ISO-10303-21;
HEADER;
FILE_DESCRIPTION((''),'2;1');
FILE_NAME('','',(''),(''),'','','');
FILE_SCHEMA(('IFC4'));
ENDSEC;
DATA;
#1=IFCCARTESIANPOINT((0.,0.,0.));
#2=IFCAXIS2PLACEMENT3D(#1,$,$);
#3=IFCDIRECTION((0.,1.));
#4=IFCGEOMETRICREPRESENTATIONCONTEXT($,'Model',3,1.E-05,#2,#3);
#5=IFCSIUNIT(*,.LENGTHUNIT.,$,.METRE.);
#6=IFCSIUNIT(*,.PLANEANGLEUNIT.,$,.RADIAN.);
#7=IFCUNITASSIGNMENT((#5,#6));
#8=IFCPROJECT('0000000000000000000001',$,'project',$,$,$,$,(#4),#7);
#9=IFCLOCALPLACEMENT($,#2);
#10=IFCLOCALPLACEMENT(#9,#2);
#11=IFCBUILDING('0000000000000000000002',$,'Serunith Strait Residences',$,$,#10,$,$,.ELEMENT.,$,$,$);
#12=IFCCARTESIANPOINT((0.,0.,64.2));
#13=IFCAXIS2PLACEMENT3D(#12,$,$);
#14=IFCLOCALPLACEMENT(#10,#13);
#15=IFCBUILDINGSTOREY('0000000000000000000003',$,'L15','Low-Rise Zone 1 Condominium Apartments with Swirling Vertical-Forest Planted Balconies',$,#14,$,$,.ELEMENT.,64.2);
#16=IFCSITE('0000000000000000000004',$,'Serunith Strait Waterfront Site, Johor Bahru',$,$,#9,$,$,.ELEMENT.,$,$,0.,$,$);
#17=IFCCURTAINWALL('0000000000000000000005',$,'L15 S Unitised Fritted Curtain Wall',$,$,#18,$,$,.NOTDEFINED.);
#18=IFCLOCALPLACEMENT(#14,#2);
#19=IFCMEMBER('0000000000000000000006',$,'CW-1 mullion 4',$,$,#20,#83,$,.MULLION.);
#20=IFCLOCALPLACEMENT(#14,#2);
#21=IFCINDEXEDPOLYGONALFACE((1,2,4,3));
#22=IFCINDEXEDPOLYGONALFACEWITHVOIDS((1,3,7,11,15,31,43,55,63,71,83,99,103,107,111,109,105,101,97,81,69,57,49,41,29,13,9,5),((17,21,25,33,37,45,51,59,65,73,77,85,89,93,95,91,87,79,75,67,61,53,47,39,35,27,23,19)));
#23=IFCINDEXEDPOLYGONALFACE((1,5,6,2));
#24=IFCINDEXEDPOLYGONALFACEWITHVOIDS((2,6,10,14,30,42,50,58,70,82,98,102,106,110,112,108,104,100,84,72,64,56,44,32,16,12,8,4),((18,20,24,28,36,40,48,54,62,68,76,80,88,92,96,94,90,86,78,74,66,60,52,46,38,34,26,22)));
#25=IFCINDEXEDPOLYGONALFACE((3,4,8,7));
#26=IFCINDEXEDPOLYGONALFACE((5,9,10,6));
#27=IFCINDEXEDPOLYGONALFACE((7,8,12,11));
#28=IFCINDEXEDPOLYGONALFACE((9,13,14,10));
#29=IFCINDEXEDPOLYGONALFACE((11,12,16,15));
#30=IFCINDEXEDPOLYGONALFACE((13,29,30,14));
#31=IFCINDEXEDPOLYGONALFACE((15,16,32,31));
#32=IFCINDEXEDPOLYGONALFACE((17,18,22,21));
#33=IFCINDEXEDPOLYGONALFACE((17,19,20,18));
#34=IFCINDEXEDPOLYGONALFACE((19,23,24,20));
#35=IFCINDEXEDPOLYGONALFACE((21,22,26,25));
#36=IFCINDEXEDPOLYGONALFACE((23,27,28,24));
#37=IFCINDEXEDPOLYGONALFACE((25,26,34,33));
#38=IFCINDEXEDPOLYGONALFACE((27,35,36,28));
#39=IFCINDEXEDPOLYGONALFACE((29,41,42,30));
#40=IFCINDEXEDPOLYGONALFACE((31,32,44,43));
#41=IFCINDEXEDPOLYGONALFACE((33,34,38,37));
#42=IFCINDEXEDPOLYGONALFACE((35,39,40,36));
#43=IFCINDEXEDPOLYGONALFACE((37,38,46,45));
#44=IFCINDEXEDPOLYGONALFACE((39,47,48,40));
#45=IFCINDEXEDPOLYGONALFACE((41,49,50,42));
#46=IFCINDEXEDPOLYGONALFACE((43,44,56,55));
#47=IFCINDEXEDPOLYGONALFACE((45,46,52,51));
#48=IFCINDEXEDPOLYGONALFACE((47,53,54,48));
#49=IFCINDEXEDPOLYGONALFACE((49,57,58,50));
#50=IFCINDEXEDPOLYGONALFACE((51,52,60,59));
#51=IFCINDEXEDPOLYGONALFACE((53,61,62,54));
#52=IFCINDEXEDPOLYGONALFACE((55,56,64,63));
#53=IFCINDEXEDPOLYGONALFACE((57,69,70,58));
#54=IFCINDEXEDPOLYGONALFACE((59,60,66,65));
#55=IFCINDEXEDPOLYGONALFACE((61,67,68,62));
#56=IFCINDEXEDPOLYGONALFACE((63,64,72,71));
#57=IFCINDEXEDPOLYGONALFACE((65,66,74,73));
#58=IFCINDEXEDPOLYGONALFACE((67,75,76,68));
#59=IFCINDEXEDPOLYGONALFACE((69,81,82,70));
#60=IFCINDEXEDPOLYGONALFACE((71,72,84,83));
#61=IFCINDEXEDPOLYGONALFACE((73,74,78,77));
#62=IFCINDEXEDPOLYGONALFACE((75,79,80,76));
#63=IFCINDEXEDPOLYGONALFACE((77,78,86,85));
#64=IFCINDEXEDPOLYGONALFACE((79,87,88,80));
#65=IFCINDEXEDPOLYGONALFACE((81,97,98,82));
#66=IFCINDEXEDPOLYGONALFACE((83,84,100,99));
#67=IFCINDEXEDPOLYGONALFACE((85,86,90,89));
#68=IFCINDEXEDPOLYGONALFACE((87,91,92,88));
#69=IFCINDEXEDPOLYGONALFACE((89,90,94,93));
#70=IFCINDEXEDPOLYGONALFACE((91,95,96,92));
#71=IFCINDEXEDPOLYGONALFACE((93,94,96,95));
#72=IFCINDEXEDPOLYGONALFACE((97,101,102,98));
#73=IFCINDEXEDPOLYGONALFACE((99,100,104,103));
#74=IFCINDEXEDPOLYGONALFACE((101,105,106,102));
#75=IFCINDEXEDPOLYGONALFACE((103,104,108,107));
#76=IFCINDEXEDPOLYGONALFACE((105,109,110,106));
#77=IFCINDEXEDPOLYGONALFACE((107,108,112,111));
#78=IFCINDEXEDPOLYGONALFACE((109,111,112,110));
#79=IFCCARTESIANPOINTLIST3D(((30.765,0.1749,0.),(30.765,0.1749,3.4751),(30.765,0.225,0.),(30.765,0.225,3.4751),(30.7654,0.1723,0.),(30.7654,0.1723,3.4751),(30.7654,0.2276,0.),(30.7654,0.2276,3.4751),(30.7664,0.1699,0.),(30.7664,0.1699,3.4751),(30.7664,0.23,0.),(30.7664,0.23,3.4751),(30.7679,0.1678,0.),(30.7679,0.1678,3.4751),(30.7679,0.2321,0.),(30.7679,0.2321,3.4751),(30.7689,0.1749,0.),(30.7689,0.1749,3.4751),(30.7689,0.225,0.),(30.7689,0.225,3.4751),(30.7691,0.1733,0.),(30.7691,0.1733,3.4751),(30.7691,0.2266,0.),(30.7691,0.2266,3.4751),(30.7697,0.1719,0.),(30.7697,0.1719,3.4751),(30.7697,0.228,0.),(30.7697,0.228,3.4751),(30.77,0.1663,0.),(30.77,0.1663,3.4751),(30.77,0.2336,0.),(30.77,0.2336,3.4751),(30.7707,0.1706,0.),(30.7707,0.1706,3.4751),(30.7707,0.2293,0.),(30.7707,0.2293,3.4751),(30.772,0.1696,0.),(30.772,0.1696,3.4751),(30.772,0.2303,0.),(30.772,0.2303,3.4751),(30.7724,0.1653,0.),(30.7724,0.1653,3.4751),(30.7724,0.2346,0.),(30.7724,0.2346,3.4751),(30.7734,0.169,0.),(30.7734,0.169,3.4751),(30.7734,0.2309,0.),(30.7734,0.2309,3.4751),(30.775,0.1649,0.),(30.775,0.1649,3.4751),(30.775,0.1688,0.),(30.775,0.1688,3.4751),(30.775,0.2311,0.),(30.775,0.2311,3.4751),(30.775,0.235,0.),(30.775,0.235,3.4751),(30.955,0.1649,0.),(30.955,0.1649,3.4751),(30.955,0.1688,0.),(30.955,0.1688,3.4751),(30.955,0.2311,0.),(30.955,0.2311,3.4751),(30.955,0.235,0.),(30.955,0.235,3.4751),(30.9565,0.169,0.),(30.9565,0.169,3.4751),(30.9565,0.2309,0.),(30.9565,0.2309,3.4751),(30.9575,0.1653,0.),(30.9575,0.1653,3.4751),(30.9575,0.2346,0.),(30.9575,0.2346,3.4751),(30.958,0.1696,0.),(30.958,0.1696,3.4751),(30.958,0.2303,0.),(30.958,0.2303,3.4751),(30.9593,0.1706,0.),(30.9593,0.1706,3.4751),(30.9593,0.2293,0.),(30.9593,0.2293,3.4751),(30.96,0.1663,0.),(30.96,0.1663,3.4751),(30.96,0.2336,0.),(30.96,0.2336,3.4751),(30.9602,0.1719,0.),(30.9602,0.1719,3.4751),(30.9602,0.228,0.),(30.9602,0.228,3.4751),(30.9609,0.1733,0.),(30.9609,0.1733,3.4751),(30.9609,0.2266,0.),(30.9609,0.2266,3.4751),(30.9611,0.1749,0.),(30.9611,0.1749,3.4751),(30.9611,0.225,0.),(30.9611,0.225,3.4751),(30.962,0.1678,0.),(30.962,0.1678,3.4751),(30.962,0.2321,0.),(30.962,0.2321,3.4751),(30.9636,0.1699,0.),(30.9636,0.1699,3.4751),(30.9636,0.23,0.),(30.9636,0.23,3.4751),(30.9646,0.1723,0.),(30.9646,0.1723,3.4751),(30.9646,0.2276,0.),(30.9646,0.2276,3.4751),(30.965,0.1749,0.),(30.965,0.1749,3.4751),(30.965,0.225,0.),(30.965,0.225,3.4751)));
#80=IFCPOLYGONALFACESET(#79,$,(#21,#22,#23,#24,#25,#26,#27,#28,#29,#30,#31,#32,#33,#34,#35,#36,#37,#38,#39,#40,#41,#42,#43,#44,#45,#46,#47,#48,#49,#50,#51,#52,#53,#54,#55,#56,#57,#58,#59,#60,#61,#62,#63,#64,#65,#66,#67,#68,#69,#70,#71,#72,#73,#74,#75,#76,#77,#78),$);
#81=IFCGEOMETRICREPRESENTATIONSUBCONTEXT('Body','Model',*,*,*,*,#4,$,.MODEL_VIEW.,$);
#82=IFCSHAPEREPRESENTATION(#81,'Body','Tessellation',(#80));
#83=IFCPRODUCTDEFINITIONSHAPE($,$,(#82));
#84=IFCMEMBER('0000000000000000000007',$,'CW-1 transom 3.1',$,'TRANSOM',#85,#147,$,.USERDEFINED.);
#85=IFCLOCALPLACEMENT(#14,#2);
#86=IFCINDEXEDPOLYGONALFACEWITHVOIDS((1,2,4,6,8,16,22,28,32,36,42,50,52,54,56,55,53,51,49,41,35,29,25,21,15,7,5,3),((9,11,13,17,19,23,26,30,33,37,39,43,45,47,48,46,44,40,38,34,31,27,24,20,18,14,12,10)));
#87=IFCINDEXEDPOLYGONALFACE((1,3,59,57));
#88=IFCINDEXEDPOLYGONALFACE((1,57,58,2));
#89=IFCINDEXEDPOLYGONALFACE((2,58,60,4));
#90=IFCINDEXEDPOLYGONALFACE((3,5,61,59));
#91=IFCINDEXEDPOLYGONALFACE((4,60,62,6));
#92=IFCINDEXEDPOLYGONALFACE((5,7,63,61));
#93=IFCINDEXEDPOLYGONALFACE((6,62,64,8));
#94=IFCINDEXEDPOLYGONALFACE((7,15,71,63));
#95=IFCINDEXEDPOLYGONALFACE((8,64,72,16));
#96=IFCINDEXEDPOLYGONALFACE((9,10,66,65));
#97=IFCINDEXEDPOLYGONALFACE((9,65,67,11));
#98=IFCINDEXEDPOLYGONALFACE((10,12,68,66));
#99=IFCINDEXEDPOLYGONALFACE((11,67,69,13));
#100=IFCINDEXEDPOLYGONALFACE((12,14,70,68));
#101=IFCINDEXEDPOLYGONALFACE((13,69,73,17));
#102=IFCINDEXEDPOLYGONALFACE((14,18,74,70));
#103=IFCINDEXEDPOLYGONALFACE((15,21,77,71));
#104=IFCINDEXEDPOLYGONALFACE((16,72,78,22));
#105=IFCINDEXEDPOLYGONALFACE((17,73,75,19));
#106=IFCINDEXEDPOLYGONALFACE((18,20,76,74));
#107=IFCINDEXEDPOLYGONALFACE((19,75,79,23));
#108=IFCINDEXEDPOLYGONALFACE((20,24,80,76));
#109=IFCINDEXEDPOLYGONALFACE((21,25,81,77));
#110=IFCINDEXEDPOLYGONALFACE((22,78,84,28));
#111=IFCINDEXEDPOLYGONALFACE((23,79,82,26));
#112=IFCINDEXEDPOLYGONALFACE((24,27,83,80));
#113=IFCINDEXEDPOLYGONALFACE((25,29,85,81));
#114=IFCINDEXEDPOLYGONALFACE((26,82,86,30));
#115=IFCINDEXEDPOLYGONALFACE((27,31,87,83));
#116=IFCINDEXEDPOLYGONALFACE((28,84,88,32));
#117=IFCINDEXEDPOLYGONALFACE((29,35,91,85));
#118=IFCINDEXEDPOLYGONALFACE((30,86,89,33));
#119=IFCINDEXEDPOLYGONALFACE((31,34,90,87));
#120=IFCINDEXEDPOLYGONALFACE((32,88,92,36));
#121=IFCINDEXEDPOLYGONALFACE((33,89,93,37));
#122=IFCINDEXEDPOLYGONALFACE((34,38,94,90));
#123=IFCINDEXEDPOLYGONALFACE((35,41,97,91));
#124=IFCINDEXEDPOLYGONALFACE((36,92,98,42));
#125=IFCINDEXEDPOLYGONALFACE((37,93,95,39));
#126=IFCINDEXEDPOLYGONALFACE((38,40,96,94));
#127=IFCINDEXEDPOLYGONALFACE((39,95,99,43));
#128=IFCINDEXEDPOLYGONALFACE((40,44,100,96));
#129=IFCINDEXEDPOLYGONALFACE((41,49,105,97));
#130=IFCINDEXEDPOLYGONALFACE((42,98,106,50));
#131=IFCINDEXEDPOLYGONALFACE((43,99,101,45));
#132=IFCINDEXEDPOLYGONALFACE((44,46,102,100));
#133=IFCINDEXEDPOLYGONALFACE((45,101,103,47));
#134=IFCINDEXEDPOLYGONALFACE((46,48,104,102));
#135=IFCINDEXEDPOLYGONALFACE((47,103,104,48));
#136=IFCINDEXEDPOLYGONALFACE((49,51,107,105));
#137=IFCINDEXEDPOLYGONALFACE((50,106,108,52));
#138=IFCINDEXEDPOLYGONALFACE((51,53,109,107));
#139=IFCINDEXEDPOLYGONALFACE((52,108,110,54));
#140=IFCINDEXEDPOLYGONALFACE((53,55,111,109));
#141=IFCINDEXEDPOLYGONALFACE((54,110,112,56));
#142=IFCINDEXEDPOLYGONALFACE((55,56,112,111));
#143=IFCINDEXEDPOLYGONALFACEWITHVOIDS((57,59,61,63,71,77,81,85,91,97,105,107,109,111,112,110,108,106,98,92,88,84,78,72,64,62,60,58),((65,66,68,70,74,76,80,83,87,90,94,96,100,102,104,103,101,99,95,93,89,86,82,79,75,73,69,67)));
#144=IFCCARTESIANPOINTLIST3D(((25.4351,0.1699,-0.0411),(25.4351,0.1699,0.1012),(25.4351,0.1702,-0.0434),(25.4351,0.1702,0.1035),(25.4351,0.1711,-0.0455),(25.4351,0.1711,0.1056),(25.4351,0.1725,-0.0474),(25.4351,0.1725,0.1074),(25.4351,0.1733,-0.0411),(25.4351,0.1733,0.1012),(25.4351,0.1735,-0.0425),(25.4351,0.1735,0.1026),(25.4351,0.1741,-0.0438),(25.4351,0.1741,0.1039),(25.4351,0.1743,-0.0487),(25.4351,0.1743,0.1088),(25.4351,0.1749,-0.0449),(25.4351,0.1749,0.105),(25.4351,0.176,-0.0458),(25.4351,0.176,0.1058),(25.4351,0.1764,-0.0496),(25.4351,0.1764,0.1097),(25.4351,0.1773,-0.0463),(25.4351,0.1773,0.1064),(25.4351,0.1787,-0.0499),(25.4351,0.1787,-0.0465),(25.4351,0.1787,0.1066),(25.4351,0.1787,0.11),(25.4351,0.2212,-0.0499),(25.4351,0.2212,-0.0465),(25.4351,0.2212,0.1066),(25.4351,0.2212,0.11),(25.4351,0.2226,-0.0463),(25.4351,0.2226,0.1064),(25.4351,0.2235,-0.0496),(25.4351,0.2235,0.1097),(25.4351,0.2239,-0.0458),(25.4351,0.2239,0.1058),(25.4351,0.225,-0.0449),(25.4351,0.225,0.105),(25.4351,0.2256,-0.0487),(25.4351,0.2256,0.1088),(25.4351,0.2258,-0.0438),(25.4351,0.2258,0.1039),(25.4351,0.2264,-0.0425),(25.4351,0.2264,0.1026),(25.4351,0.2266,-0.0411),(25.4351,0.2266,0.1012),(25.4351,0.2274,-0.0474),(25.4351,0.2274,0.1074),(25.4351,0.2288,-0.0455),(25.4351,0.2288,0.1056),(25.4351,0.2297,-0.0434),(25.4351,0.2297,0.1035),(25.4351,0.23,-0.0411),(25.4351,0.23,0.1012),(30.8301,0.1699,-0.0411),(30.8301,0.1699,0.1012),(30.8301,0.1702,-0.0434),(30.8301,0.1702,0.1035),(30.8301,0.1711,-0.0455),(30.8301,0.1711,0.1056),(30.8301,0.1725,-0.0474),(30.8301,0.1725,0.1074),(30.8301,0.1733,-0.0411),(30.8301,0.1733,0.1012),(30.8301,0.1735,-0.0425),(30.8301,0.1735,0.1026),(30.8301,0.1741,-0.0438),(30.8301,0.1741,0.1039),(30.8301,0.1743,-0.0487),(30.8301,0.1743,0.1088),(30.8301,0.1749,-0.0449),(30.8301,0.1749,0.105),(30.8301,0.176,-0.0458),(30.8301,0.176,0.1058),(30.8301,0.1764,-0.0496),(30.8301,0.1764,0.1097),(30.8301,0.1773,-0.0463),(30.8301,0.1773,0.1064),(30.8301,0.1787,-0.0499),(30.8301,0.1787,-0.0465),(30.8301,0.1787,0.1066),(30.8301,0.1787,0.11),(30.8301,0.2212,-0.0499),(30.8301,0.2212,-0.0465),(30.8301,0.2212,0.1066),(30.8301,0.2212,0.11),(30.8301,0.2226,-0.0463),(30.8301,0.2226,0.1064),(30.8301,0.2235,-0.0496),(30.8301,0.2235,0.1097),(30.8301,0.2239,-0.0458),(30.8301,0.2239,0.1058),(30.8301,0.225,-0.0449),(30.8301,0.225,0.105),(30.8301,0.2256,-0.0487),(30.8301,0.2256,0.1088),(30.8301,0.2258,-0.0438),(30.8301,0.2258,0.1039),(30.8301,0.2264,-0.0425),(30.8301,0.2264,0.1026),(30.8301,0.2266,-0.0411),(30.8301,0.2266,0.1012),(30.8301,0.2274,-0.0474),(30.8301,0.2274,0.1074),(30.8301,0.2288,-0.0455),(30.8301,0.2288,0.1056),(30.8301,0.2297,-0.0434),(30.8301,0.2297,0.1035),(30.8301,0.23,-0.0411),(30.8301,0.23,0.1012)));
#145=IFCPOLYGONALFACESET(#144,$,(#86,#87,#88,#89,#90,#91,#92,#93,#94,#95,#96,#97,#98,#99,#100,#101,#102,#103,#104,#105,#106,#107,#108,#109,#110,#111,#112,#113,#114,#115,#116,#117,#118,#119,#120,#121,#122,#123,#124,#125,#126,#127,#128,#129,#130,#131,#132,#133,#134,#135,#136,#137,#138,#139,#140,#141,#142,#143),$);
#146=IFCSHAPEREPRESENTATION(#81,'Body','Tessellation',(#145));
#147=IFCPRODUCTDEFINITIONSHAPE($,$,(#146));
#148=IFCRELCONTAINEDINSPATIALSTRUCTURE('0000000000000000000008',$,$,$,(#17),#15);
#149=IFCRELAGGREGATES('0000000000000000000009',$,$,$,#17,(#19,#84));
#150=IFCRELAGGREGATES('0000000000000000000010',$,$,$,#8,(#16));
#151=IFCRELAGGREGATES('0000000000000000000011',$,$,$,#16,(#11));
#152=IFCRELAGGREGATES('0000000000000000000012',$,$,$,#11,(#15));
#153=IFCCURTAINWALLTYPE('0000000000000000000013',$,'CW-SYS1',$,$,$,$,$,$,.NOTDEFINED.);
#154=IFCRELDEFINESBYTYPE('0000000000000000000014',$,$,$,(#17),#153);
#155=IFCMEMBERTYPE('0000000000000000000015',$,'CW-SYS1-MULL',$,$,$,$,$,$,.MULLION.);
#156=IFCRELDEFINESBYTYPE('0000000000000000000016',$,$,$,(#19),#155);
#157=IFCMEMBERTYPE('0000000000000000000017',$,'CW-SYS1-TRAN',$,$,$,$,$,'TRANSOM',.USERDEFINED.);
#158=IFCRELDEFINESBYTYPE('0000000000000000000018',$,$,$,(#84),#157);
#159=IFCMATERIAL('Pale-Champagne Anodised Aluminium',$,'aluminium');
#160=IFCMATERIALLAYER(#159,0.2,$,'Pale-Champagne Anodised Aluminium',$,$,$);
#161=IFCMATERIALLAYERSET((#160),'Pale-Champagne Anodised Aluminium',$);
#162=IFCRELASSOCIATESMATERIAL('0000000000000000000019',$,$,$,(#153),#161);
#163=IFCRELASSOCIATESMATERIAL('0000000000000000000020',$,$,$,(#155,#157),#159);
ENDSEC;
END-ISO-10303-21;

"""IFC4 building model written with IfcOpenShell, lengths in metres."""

from ifc_helpers import new_model, si_unit, direction, frame, origin, origin_2d, place, context, subcontext, project, spatial, hollow_rectangle, extrude, source, transform, mapped, material, layer, layer_set, material_profile, profile_set, type_object, element, aggregate, save


model = new_model("IFC4")

# Units and contexts
model_context = context("Model", 3, precision=1e-05, world=origin(), true_north=direction((0.0, 1.0)))
body_context = subcontext(model_context, "Body", "Model", "MODEL_VIEW")
ifc_project = project(units=[si_unit("LENGTHUNIT", "METRE"), si_unit("PLANEANGLEUNIT", "RADIAN")], contexts=[model_context])

# Site, building, storey
site_placement = place(None, origin())
site = spatial("IfcSite", under=ifc_project, at=site_placement, Name="Serunith Strait Waterfront Site, Johor Bahru", CompositionType="ELEMENT", RefElevation=0.0)
building_placement = place(site_placement, origin())
building = spatial("IfcBuilding", under=site, at=building_placement, Name="Serunith Strait Residences", CompositionType="ELEMENT")
storey_placement = place(building_placement, frame((0.0, 0.0, 64.2)))
storey = spatial("IfcBuildingStorey", under=building, at=storey_placement, Name="L15", Description="Low-Rise Zone 1 Condominium Apartments with Swirling Vertical-Forest Planted Balconies", CompositionType="ELEMENT", Elevation=64.2)

# Curtain wall, members
ifc_material_1 = material(Name="Pale-Champagne Anodised Aluminium", Category="aluminium")
ifc_layer_1 = layer(ifc_material_1, 0.2, Name="Pale-Champagne Anodised Aluminium")
ifc_layer_set_1 = layer_set([ifc_layer_1], Name="Pale-Champagne Anodised Aluminium")
curtain_wall_type = type_object("IfcCurtainWallType", Name="CW-SYS1", PredefinedType="NOTDEFINED", material=ifc_layer_set_1)
curtain_wall_placement = place(storey_placement, origin())
curtain_wall = element("IfcCurtainWall", 1, at=curtain_wall_placement, inside=storey, type_object=curtain_wall_type, Name="L15 S Unitised Fritted Curtain Wall", PredefinedType="NOTDEFINED")
ifc_material_profile_1 = material_profile(ifc_material_1, hollow_rectangle(XDim=0.0701, YDim=0.2, WallThickness=0.0039, InnerFilletRadius=0.0061, OuterFilletRadius=0.01, at=origin_2d()), Name="ALU 200x70x4")
ifc_profile_set_1 = profile_set([ifc_material_profile_1], Name="Pale-Champagne Anodised Aluminium")
member_type_1 = type_object("IfcMemberType", Name="CW-SYS1-MULL", PredefinedType="MULLION", material=ifc_profile_set_1)
shared_shape_1 = source(origin(), body_context, "Body", "SweptSolid", [
    extrude(hollow_rectangle(XDim=0.0701, YDim=0.2, WallThickness=0.0039, InnerFilletRadius=0.0061, OuterFilletRadius=0.01, at=origin_2d()), origin(), (0.0, 0.0, 1.0), 3.4751),
])
member_1_placement = place(storey_placement, frame((30.865, 0.2, 0.0), z_axis=(0.0, 0.0, 1.0), x_axis=(0.0, 1.0, 0.0)))
member_1 = element("IfcMember", 2, at=member_1_placement, type_object=member_type_1, Name="CW-1 mullion 4", PredefinedType="MULLION", context=body_context, shape_type="MappedRepresentation", body=[
    mapped(shared_shape_1, transform((0.0, 0.0, 0.0), scale=1.0)),
])
ifc_material_profile_2 = material_profile(ifc_material_1, hollow_rectangle(XDim=0.0601, YDim=0.1599, WallThickness=0.0034, InnerFilletRadius=0.0054, OuterFilletRadius=0.0088, at=origin_2d()), Name="ALU 160x60x3.5")
ifc_profile_set_2 = profile_set([ifc_material_profile_2], Name="Pale-Champagne Anodised Aluminium")
member_type_2 = type_object("IfcMemberType", Name="CW-SYS1-TRAN", ElementType="TRANSOM", PredefinedType="USERDEFINED", material=ifc_profile_set_2)
shared_shape_2 = source(origin(), body_context, "Body", "SweptSolid", [
    extrude(hollow_rectangle(XDim=0.0601, YDim=0.1599, WallThickness=0.0034, InnerFilletRadius=0.0054, OuterFilletRadius=0.0088, at=origin_2d()), origin(), (0.0, 0.0, 1.0), 5.395),
])
member_2_placement = place(storey_placement, frame((25.4351, 0.2, 0.03), z_axis=(1.0, 0.0, 0.0), x_axis=(0.0, 1.0, 0.0)))
member_2 = element("IfcMember", 3, at=member_2_placement, type_object=member_type_2, Name="CW-1 transom 3.1", ObjectType="TRANSOM", PredefinedType="USERDEFINED", context=body_context, shape_type="MappedRepresentation", body=[
    mapped(shared_shape_2, transform((0.0, 0.0, 0.0), scale=1.0)),
])
aggregate(curtain_wall, [member_1, member_2])

save(model, "model.ifc")
